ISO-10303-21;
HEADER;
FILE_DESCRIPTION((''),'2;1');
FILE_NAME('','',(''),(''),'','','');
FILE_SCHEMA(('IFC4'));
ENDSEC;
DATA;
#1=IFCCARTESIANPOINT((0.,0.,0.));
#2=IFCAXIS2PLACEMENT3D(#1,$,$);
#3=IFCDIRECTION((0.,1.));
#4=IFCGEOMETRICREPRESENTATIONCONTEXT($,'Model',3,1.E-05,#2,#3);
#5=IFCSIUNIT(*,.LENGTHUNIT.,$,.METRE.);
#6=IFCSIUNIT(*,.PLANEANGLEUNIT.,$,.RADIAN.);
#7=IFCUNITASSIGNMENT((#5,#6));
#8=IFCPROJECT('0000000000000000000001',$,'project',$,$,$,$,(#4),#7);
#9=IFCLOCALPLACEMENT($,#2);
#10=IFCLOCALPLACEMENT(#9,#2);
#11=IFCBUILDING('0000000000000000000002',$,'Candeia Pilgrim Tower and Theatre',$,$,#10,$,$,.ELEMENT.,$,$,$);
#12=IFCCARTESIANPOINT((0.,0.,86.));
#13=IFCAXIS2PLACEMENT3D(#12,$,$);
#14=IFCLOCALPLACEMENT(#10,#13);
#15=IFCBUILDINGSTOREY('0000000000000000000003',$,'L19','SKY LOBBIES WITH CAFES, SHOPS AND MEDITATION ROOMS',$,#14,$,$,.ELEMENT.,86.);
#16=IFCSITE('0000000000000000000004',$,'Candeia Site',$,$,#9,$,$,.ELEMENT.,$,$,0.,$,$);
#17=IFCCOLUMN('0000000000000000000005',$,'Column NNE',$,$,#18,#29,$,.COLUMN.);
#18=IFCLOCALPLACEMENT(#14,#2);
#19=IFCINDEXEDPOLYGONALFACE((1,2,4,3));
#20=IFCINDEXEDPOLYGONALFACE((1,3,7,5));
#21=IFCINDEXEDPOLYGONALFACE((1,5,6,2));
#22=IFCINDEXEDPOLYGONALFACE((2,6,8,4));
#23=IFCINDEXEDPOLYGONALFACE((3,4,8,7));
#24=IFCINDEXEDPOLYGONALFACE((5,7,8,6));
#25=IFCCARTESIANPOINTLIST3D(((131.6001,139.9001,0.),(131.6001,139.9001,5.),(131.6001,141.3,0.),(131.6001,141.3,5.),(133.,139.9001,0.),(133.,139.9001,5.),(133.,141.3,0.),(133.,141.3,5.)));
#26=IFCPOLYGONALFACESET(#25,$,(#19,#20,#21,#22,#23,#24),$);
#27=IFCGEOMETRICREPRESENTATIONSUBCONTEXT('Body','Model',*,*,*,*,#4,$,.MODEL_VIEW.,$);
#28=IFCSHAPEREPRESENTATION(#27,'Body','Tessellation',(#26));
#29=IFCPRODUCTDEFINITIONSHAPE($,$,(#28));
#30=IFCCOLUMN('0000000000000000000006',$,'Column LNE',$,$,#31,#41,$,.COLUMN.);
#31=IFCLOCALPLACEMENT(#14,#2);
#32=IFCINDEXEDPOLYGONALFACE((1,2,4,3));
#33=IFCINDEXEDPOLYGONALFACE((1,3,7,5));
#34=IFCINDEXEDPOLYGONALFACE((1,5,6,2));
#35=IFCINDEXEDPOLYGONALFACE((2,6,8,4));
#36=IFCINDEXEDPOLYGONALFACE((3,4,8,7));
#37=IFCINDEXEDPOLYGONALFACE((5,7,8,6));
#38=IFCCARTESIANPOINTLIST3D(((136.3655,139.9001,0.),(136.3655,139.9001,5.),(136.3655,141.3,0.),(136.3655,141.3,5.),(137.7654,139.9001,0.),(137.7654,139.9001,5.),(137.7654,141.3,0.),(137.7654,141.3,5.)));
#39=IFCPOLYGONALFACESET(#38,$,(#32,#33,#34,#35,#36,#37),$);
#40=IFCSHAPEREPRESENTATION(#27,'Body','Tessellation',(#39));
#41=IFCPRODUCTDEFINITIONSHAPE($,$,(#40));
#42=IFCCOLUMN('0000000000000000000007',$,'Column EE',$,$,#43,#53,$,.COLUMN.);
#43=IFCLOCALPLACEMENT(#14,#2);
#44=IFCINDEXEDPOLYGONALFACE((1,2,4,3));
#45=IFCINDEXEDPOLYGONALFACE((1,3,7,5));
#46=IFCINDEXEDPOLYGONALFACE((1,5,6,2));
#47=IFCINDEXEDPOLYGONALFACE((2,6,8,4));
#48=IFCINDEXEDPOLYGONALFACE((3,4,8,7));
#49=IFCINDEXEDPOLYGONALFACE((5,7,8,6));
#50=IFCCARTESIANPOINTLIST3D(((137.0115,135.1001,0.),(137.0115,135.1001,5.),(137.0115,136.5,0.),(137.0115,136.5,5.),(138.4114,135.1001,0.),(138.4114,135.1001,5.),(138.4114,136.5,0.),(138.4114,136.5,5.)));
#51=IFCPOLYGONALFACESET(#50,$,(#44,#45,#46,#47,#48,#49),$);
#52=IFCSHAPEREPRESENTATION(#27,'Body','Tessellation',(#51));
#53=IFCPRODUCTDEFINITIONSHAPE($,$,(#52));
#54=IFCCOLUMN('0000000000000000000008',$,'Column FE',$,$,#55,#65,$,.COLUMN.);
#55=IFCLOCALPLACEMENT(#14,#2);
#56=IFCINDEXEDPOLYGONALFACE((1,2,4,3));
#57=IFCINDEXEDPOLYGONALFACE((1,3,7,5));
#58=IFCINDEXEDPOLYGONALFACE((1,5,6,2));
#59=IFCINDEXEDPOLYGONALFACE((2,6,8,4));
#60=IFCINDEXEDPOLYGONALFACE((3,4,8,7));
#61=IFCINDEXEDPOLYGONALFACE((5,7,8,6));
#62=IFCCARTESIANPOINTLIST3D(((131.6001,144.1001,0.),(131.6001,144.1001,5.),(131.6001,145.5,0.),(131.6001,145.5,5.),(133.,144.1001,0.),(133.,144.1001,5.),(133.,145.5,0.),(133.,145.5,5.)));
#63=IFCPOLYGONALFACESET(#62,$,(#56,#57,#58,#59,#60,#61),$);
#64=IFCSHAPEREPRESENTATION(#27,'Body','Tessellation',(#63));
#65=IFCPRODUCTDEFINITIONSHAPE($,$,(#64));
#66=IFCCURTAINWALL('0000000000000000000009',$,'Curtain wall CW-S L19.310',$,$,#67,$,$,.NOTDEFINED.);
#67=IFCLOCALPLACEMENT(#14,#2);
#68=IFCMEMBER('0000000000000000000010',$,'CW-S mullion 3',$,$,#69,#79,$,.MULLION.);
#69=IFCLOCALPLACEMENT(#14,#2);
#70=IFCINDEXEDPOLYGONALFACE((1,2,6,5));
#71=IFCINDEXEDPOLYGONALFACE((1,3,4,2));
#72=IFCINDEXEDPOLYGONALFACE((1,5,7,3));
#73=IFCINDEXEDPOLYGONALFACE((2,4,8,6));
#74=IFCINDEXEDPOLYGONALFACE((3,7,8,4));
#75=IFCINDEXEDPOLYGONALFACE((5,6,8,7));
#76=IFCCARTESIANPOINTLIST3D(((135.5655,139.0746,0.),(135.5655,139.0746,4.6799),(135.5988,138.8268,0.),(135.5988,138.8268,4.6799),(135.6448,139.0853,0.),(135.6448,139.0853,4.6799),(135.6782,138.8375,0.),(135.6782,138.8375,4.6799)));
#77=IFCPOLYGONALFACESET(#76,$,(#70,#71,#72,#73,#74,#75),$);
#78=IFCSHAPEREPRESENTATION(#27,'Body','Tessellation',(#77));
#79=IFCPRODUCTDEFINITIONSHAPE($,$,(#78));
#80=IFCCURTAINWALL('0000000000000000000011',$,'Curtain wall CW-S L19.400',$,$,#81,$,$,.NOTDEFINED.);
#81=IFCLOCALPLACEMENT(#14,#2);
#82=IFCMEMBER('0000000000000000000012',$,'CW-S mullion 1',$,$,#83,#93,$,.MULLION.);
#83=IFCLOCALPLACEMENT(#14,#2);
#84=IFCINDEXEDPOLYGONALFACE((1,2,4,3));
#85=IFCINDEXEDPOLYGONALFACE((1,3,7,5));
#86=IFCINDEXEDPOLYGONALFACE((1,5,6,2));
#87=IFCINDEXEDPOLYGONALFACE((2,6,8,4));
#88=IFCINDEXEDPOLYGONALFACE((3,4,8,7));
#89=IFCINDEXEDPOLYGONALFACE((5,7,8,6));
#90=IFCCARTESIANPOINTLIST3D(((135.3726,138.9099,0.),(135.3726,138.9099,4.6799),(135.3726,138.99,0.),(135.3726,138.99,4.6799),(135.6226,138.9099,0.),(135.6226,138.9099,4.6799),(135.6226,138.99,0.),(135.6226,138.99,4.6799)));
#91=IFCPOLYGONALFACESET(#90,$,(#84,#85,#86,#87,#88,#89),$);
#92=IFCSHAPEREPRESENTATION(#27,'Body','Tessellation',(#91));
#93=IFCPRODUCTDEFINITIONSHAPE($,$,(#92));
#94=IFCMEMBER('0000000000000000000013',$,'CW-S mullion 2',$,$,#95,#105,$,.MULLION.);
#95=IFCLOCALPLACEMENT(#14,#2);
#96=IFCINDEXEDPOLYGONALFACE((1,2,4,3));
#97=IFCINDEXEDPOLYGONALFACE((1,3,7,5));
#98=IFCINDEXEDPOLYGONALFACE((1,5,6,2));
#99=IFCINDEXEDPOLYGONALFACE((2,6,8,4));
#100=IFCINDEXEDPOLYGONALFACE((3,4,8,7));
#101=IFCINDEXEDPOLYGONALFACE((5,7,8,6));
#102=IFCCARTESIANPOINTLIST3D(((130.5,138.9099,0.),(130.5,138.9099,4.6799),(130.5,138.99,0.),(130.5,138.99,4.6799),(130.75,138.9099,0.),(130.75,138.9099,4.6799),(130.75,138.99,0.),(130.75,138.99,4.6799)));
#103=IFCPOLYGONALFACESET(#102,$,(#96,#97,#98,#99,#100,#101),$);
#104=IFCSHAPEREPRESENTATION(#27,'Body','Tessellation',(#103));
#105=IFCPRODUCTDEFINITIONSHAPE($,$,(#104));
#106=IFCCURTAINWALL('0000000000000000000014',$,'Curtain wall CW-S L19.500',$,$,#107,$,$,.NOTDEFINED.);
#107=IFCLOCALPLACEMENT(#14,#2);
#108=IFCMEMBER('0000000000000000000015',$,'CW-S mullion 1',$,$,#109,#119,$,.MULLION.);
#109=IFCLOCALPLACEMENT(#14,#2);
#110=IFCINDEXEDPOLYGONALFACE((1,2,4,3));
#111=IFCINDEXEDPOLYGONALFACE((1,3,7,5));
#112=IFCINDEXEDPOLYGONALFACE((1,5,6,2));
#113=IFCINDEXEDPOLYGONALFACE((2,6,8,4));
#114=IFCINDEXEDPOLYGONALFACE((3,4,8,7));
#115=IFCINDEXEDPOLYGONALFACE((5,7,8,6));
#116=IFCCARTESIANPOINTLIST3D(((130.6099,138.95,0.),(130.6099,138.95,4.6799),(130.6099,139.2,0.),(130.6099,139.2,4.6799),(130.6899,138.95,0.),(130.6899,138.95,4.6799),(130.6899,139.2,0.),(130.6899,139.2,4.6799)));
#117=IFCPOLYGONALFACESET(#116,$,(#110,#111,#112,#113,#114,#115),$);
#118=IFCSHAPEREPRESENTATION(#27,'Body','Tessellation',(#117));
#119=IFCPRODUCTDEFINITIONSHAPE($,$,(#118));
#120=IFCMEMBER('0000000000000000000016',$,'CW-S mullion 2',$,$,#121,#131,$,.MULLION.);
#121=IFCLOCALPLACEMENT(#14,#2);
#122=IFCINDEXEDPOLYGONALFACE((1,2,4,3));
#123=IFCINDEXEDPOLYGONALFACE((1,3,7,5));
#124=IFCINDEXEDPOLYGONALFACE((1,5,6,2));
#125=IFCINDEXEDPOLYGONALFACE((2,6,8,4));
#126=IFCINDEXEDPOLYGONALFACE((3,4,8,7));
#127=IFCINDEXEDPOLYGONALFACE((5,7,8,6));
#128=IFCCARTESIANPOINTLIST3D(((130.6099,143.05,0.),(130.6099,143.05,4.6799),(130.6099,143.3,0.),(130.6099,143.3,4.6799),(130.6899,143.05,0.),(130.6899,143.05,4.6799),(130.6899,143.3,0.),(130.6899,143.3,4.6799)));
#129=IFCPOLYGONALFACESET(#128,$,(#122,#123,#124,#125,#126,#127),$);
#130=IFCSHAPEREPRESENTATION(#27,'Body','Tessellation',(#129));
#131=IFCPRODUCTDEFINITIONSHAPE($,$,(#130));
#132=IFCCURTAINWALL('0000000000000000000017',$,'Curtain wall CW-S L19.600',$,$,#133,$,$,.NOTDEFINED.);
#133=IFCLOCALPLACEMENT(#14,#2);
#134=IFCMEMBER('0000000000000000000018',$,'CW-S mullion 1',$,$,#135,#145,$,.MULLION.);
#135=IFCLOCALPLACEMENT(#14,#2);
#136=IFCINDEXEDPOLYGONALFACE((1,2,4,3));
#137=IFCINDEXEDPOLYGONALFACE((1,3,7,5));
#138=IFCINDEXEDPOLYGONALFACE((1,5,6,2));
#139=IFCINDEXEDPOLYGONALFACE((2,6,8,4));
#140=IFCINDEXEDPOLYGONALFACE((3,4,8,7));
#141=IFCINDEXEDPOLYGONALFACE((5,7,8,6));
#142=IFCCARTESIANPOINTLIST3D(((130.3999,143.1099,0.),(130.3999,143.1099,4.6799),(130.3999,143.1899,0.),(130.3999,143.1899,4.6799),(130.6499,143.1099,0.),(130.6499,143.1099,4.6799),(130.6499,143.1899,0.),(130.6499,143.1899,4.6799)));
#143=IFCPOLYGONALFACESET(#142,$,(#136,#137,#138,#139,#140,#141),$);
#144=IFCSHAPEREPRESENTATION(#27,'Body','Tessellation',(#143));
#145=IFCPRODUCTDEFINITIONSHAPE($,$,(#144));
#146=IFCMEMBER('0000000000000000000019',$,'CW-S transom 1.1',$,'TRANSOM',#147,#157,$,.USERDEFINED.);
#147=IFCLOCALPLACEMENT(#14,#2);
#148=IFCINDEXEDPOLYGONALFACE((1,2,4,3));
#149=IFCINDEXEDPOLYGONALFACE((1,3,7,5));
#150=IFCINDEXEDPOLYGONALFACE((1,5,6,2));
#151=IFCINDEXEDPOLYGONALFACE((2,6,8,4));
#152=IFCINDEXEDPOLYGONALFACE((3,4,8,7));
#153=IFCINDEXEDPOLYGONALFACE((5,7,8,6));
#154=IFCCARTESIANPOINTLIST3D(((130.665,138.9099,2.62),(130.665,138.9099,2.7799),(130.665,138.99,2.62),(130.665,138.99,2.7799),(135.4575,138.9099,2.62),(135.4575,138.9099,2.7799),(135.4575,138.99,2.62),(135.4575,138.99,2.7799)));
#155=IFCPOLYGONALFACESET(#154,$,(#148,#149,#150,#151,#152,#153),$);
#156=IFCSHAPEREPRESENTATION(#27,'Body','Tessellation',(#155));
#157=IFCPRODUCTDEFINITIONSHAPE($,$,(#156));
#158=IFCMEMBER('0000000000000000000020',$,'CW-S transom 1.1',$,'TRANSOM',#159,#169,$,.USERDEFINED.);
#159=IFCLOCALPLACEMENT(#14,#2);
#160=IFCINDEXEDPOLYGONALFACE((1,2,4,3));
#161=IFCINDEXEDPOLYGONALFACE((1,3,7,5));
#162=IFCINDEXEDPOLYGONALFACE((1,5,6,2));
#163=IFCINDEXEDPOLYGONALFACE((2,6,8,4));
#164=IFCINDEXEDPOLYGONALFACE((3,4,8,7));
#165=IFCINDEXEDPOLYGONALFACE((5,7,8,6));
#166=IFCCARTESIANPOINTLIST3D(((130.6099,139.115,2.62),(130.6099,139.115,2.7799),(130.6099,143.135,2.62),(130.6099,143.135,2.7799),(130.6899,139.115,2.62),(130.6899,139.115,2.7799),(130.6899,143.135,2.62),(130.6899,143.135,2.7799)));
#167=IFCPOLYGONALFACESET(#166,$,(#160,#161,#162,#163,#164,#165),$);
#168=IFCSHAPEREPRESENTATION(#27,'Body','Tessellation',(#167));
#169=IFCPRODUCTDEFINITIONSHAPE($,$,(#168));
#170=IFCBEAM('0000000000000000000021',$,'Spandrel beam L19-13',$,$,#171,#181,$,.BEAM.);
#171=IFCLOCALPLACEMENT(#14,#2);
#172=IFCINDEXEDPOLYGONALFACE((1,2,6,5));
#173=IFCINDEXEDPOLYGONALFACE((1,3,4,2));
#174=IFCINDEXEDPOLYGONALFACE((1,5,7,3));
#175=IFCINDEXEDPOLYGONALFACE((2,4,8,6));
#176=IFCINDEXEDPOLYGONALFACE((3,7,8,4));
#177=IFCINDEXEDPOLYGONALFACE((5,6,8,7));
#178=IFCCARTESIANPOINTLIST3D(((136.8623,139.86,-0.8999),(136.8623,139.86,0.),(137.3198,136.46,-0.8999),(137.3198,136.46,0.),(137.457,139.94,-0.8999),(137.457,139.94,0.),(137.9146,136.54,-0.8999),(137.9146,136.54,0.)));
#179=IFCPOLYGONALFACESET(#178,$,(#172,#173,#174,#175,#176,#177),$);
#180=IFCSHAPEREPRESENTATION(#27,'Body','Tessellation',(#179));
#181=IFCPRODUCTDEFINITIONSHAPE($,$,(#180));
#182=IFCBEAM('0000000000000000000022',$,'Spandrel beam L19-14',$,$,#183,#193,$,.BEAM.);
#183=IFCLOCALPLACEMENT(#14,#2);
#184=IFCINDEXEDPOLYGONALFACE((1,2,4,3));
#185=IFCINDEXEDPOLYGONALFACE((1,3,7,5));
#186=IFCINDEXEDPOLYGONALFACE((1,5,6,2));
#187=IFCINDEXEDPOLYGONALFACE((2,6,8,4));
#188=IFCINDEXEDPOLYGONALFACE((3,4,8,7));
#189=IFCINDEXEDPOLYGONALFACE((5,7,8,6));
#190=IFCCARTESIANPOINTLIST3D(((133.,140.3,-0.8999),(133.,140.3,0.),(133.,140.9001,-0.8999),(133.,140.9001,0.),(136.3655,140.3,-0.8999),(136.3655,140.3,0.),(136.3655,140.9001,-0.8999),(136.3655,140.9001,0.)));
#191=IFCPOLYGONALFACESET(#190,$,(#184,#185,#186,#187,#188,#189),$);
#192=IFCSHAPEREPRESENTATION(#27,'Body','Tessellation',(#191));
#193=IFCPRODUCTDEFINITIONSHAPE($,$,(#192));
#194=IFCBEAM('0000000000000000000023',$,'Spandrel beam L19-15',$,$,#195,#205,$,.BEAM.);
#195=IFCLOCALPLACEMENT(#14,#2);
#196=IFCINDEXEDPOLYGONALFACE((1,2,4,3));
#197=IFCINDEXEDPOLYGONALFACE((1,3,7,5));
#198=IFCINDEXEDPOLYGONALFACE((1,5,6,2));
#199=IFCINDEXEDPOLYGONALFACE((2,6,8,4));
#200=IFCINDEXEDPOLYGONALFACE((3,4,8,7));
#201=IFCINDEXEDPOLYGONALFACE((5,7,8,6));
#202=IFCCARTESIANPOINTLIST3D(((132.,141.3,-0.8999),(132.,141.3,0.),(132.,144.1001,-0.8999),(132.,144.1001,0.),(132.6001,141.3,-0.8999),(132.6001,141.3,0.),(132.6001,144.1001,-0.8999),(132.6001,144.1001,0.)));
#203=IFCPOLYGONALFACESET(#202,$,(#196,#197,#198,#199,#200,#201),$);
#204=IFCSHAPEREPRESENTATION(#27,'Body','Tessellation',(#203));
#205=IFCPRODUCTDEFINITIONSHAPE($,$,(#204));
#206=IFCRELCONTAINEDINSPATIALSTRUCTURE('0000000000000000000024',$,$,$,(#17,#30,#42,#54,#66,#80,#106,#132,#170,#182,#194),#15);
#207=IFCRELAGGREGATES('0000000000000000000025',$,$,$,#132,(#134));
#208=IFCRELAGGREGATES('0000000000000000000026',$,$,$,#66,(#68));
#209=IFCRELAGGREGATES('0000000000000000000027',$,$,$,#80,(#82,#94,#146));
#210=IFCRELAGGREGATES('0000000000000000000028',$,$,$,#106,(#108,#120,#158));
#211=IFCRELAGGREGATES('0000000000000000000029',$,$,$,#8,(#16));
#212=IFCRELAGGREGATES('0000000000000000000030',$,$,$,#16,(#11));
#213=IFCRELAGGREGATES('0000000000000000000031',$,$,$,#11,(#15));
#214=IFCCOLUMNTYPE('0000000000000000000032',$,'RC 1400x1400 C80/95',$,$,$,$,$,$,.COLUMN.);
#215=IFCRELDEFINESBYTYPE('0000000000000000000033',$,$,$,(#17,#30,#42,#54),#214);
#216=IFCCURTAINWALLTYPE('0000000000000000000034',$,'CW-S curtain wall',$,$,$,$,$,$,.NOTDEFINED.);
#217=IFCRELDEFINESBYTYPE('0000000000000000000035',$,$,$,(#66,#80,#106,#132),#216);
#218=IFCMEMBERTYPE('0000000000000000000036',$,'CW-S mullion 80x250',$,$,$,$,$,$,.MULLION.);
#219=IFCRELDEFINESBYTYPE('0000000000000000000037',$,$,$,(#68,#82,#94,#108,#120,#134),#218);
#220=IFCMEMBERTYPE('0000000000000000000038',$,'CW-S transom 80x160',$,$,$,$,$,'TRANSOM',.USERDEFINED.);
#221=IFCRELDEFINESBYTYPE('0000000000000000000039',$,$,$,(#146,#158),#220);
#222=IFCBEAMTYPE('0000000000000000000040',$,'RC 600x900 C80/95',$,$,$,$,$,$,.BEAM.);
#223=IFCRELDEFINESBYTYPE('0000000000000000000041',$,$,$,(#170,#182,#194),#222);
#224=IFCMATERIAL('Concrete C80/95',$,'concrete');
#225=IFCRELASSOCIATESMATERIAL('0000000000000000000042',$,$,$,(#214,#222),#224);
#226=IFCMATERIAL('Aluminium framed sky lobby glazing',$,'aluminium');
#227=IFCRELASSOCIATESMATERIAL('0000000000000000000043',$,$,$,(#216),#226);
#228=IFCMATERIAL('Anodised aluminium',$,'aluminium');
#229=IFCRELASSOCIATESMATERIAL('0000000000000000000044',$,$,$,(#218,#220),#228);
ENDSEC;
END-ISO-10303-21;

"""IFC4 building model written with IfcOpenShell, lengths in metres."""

from ifc_helpers import new_model, si_unit, direction, frame, origin, origin_2d, place, context, subcontext, project, spatial, rectangle, extrude, material, material_profile, profile_set, type_object, element, aggregate, save


model = new_model("IFC4")

# Units and contexts
model_context = context("Model", 3, precision=1e-05, world=origin(), true_north=direction((0.0, 1.0)))
body_context = subcontext(model_context, "Body", "Model", "MODEL_VIEW")
ifc_project = project(units=[si_unit("LENGTHUNIT", "METRE"), si_unit("PLANEANGLEUNIT", "RADIAN")], contexts=[model_context])

# Site, building, storey
site_placement = place(None, origin())
site = spatial("IfcSite", under=ifc_project, at=site_placement, Name="Candeia Site", CompositionType="ELEMENT", RefElevation=0.0)
building_placement = place(site_placement, origin())
building = spatial("IfcBuilding", under=site, at=building_placement, Name="Candeia Pilgrim Tower and Theatre", CompositionType="ELEMENT")
storey_placement = place(building_placement, frame((0.0, 0.0, 86.0)))
storey = spatial("IfcBuildingStorey", under=building, at=storey_placement, Name="L19", Description="SKY LOBBIES WITH CAFES, SHOPS AND MEDITATION ROOMS", CompositionType="ELEMENT", Elevation=86.0)

# Columns
ifc_material_1 = material(Name="Concrete C80/95", Category="concrete")
ifc_material_profile_1 = material_profile(ifc_material_1, rectangle(XDim=1.3999, YDim=1.3999, at=origin_2d()))
ifc_profile_set_1 = profile_set([ifc_material_profile_1], Name="Concrete C80/95")
column_type = type_object("IfcColumnType", Name="RC 1400x1400 C80/95", PredefinedType="COLUMN", material=ifc_profile_set_1)
for number, where, z_axis, x_axis, name in (
    (1, (132.3, 140.6001, 0.0), (0.0, 0.0, 1.0), (1.0, 0.0, 0.0), "Column NNE"),
    (2, (137.0654, 140.6001, 0.0), (0.0, 0.0, 1.0), (1.0, 0.0, 0.0), "Column LNE"),
    (3, (137.7114, 135.8, 0.0), (0.0, 0.0, 1.0), (1.0, 0.0, 0.0), "Column EE"),
    (4, (132.3, 144.8, 0.0), (0.0, 0.0, 1.0), (1.0, 0.0, 0.0), "Column FE"),
):
    element("IfcColumn", number, at=place(storey_placement, frame(where, z_axis=z_axis, x_axis=x_axis)), inside=storey, type_object=column_type, Name=name, PredefinedType="COLUMN", context=body_context, shape_type="SweptSolid", body=[
        extrude(rectangle(XDim=1.3999, YDim=1.3999, at=origin_2d()), origin(), (0.0, 0.0, 1.0), 5.0),
    ])

# Curtain wall, member
ifc_material_2 = material(Name="Aluminium framed sky lobby glazing", Category="aluminium")
curtain_wall_type = type_object("IfcCurtainWallType", Name="CW-S curtain wall", PredefinedType="NOTDEFINED", material=ifc_material_2)
curtain_wall_1_placement = place(storey_placement, origin())
curtain_wall_1 = element("IfcCurtainWall", 5, at=curtain_wall_1_placement, inside=storey, type_object=curtain_wall_type, Name="Curtain wall CW-S L19.310", PredefinedType="NOTDEFINED")
ifc_material_3 = material(Name="Anodised aluminium", Category="aluminium")
ifc_material_profile_2 = material_profile(ifc_material_3, rectangle(XDim=0.0801, YDim=0.25, at=origin_2d()))
ifc_profile_set_2 = profile_set([ifc_material_profile_2], Name="Anodised aluminium")
member_type_1 = type_object("IfcMemberType", Name="CW-S mullion 80x250", PredefinedType="MULLION", material=ifc_profile_set_2)
member_1_placement = place(storey_placement, frame((135.6218, 138.9561, 0.0), z_axis=(0.0, 0.0, 1.0), x_axis=(-0.991061, -0.133412, 0.0)))
member_1 = element("IfcMember", 6, at=member_1_placement, type_object=member_type_1, Name="CW-S mullion 3", PredefinedType="MULLION", context=body_context, shape_type="SweptSolid", body=[
    extrude(rectangle(XDim=0.0801, YDim=0.25, at=origin_2d()), origin(), (0.0, 0.0, 1.0), 4.6799),
])

# Curtain walls, members
curtain_wall_2_placement = place(storey_placement, origin())
curtain_wall_2 = element("IfcCurtainWall", 7, at=curtain_wall_2_placement, inside=storey, type_object=curtain_wall_type, Name="Curtain wall CW-S L19.400", PredefinedType="NOTDEFINED")
member_2_placement = place(storey_placement, frame((135.4976, 138.95, 0.0), z_axis=(0.0, 0.0, 1.0), x_axis=(0.0, -1.0, 0.0)))
member_2 = element("IfcMember", 8, at=member_2_placement, type_object=member_type_1, Name="CW-S mullion 1", PredefinedType="MULLION", context=body_context, shape_type="SweptSolid", body=[
    extrude(rectangle(XDim=0.0801, YDim=0.25, at=origin_2d()), origin(), (0.0, 0.0, 1.0), 4.6799),
])
member_3_placement = place(storey_placement, frame((130.625, 138.95, 0.0), z_axis=(0.0, 0.0, 1.0), x_axis=(0.0, -1.0, 0.0)))
member_3 = element("IfcMember", 9, at=member_3_placement, type_object=member_type_1, Name="CW-S mullion 2", PredefinedType="MULLION", context=body_context, shape_type="SweptSolid", body=[
    extrude(rectangle(XDim=0.0801, YDim=0.25, at=origin_2d()), origin(), (0.0, 0.0, 1.0), 4.6799),
])
curtain_wall_3_placement = place(storey_placement, origin())
curtain_wall_3 = element("IfcCurtainWall", 10, at=curtain_wall_3_placement, inside=storey, type_object=curtain_wall_type, Name="Curtain wall CW-S L19.500", PredefinedType="NOTDEFINED")
member_4_placement = place(storey_placement, frame((130.6499, 139.075, 0.0), z_axis=(0.0, 0.0, 1.0), x_axis=(-1.0, 0.0, 0.0)))
member_4 = element("IfcMember", 11, at=member_4_placement, type_object=member_type_1, Name="CW-S mullion 1", PredefinedType="MULLION", context=body_context, shape_type="SweptSolid", body=[
    extrude(rectangle(XDim=0.0801, YDim=0.25, at=origin_2d()), origin(), (0.0, 0.0, 1.0), 4.6799),
])
member_5_placement = place(storey_placement, frame((130.6499, 143.175, 0.0), z_axis=(0.0, 0.0, 1.0), x_axis=(-1.0, 0.0, 0.0)))
member_5 = element("IfcMember", 12, at=member_5_placement, type_object=member_type_1, Name="CW-S mullion 2", PredefinedType="MULLION", context=body_context, shape_type="SweptSolid", body=[
    extrude(rectangle(XDim=0.0801, YDim=0.25, at=origin_2d()), origin(), (0.0, 0.0, 1.0), 4.6799),
])

# Curtain wall, member
curtain_wall_4_placement = place(storey_placement, origin())
curtain_wall_4 = element("IfcCurtainWall", 13, at=curtain_wall_4_placement, inside=storey, type_object=curtain_wall_type, Name="Curtain wall CW-S L19.600", PredefinedType="NOTDEFINED")
member_6_placement = place(storey_placement, frame((130.5249, 143.1499, 0.0), z_axis=(0.0, 0.0, 1.0), x_axis=(0.0, -1.0, 0.0)))
member_6 = element("IfcMember", 14, at=member_6_placement, type_object=member_type_1, Name="CW-S mullion 1", PredefinedType="MULLION", context=body_context, shape_type="SweptSolid", body=[
    extrude(rectangle(XDim=0.0801, YDim=0.25, at=origin_2d()), origin(), (0.0, 0.0, 1.0), 4.6799),
])
aggregate(curtain_wall_4, [member_6])

# Members
ifc_material_profile_3 = material_profile(ifc_material_3, rectangle(XDim=0.0801, YDim=0.1599, at=origin_2d()))
ifc_profile_set_3 = profile_set([ifc_material_profile_3], Name="Anodised aluminium")
member_type_2 = type_object("IfcMemberType", Name="CW-S transom 80x160", ElementType="TRANSOM", PredefinedType="USERDEFINED", material=ifc_profile_set_3)
member_7_placement = place(storey_placement, frame((135.4575, 138.95, 2.7), z_axis=(-1.0, 0.0, 0.0), x_axis=(0.0, -1.0, 0.0)))
member_7 = element("IfcMember", 15, at=member_7_placement, type_object=member_type_2, Name="CW-S transom 1.1", ObjectType="TRANSOM", PredefinedType="USERDEFINED", context=body_context, shape_type="SweptSolid", body=[
    extrude(rectangle(XDim=0.0801, YDim=0.1599, at=origin_2d()), origin(), (0.0, 0.0, 1.0), 4.7925),
])
member_8_placement = place(storey_placement, frame((130.6499, 139.115, 2.7), z_axis=(0.0, 1.0, 0.0), x_axis=(-1.0, 0.0, 0.0)))
member_8 = element("IfcMember", 16, at=member_8_placement, type_object=member_type_2, Name="CW-S transom 1.1", ObjectType="TRANSOM", PredefinedType="USERDEFINED", context=body_context, shape_type="SweptSolid", body=[
    extrude(rectangle(XDim=0.0801, YDim=0.1599, at=origin_2d()), origin(), (0.0, 0.0, 1.0), 4.02),
])

# Beams
ifc_material_profile_4 = material_profile(ifc_material_1, rectangle(XDim=0.6001, YDim=0.8999, at=origin_2d()))
ifc_profile_set_4 = profile_set([ifc_material_profile_4], Name="Concrete C80/95")
beam_type = type_object("IfcBeamType", Name="RC 600x900 C80/95", PredefinedType="BEAM", material=ifc_profile_set_4)
beam_1_placement = place(storey_placement, frame((137.6172, 136.5, -0.45), z_axis=(-0.133366, 0.991067, 0.0), x_axis=(-0.991067, -0.133366, 0.0)))
element("IfcBeam", 17, at=beam_1_placement, inside=storey, type_object=beam_type, Name="Spandrel beam L19-13", PredefinedType="BEAM", context=body_context, shape_type="SweptSolid", body=[
    extrude(rectangle(XDim=0.6001, YDim=0.8999, at=origin_2d()), origin(), (0.0, 0.0, 1.0), 3.4307),
])
beam_2_placement = place(storey_placement, frame((136.3655, 140.6001, -0.45), z_axis=(-1.0, 0.0, 0.0), x_axis=(0.0, -1.0, 0.0)))
element("IfcBeam", 18, at=beam_2_placement, inside=storey, type_object=beam_type, Name="Spandrel beam L19-14", PredefinedType="BEAM", context=body_context, shape_type="SweptSolid", body=[
    extrude(rectangle(XDim=0.6001, YDim=0.8999, at=origin_2d()), origin(), (0.0, 0.0, 1.0), 3.3655),
])
beam_3_placement = place(storey_placement, frame((132.3, 141.3, -0.45), z_axis=(0.0, 1.0, 0.0), x_axis=(-1.0, 0.0, 0.0)))
element("IfcBeam", 19, at=beam_3_placement, inside=storey, type_object=beam_type, Name="Spandrel beam L19-15", PredefinedType="BEAM", context=body_context, shape_type="SweptSolid", body=[
    extrude(rectangle(XDim=0.6001, YDim=0.8999, at=origin_2d()), origin(), (0.0, 0.0, 1.0), 2.8),
])

aggregate(curtain_wall_1, [member_1])
aggregate(curtain_wall_2, [member_2, member_3, member_7])
aggregate(curtain_wall_3, [member_4, member_5, member_8])

save(model, "model.ifc")
